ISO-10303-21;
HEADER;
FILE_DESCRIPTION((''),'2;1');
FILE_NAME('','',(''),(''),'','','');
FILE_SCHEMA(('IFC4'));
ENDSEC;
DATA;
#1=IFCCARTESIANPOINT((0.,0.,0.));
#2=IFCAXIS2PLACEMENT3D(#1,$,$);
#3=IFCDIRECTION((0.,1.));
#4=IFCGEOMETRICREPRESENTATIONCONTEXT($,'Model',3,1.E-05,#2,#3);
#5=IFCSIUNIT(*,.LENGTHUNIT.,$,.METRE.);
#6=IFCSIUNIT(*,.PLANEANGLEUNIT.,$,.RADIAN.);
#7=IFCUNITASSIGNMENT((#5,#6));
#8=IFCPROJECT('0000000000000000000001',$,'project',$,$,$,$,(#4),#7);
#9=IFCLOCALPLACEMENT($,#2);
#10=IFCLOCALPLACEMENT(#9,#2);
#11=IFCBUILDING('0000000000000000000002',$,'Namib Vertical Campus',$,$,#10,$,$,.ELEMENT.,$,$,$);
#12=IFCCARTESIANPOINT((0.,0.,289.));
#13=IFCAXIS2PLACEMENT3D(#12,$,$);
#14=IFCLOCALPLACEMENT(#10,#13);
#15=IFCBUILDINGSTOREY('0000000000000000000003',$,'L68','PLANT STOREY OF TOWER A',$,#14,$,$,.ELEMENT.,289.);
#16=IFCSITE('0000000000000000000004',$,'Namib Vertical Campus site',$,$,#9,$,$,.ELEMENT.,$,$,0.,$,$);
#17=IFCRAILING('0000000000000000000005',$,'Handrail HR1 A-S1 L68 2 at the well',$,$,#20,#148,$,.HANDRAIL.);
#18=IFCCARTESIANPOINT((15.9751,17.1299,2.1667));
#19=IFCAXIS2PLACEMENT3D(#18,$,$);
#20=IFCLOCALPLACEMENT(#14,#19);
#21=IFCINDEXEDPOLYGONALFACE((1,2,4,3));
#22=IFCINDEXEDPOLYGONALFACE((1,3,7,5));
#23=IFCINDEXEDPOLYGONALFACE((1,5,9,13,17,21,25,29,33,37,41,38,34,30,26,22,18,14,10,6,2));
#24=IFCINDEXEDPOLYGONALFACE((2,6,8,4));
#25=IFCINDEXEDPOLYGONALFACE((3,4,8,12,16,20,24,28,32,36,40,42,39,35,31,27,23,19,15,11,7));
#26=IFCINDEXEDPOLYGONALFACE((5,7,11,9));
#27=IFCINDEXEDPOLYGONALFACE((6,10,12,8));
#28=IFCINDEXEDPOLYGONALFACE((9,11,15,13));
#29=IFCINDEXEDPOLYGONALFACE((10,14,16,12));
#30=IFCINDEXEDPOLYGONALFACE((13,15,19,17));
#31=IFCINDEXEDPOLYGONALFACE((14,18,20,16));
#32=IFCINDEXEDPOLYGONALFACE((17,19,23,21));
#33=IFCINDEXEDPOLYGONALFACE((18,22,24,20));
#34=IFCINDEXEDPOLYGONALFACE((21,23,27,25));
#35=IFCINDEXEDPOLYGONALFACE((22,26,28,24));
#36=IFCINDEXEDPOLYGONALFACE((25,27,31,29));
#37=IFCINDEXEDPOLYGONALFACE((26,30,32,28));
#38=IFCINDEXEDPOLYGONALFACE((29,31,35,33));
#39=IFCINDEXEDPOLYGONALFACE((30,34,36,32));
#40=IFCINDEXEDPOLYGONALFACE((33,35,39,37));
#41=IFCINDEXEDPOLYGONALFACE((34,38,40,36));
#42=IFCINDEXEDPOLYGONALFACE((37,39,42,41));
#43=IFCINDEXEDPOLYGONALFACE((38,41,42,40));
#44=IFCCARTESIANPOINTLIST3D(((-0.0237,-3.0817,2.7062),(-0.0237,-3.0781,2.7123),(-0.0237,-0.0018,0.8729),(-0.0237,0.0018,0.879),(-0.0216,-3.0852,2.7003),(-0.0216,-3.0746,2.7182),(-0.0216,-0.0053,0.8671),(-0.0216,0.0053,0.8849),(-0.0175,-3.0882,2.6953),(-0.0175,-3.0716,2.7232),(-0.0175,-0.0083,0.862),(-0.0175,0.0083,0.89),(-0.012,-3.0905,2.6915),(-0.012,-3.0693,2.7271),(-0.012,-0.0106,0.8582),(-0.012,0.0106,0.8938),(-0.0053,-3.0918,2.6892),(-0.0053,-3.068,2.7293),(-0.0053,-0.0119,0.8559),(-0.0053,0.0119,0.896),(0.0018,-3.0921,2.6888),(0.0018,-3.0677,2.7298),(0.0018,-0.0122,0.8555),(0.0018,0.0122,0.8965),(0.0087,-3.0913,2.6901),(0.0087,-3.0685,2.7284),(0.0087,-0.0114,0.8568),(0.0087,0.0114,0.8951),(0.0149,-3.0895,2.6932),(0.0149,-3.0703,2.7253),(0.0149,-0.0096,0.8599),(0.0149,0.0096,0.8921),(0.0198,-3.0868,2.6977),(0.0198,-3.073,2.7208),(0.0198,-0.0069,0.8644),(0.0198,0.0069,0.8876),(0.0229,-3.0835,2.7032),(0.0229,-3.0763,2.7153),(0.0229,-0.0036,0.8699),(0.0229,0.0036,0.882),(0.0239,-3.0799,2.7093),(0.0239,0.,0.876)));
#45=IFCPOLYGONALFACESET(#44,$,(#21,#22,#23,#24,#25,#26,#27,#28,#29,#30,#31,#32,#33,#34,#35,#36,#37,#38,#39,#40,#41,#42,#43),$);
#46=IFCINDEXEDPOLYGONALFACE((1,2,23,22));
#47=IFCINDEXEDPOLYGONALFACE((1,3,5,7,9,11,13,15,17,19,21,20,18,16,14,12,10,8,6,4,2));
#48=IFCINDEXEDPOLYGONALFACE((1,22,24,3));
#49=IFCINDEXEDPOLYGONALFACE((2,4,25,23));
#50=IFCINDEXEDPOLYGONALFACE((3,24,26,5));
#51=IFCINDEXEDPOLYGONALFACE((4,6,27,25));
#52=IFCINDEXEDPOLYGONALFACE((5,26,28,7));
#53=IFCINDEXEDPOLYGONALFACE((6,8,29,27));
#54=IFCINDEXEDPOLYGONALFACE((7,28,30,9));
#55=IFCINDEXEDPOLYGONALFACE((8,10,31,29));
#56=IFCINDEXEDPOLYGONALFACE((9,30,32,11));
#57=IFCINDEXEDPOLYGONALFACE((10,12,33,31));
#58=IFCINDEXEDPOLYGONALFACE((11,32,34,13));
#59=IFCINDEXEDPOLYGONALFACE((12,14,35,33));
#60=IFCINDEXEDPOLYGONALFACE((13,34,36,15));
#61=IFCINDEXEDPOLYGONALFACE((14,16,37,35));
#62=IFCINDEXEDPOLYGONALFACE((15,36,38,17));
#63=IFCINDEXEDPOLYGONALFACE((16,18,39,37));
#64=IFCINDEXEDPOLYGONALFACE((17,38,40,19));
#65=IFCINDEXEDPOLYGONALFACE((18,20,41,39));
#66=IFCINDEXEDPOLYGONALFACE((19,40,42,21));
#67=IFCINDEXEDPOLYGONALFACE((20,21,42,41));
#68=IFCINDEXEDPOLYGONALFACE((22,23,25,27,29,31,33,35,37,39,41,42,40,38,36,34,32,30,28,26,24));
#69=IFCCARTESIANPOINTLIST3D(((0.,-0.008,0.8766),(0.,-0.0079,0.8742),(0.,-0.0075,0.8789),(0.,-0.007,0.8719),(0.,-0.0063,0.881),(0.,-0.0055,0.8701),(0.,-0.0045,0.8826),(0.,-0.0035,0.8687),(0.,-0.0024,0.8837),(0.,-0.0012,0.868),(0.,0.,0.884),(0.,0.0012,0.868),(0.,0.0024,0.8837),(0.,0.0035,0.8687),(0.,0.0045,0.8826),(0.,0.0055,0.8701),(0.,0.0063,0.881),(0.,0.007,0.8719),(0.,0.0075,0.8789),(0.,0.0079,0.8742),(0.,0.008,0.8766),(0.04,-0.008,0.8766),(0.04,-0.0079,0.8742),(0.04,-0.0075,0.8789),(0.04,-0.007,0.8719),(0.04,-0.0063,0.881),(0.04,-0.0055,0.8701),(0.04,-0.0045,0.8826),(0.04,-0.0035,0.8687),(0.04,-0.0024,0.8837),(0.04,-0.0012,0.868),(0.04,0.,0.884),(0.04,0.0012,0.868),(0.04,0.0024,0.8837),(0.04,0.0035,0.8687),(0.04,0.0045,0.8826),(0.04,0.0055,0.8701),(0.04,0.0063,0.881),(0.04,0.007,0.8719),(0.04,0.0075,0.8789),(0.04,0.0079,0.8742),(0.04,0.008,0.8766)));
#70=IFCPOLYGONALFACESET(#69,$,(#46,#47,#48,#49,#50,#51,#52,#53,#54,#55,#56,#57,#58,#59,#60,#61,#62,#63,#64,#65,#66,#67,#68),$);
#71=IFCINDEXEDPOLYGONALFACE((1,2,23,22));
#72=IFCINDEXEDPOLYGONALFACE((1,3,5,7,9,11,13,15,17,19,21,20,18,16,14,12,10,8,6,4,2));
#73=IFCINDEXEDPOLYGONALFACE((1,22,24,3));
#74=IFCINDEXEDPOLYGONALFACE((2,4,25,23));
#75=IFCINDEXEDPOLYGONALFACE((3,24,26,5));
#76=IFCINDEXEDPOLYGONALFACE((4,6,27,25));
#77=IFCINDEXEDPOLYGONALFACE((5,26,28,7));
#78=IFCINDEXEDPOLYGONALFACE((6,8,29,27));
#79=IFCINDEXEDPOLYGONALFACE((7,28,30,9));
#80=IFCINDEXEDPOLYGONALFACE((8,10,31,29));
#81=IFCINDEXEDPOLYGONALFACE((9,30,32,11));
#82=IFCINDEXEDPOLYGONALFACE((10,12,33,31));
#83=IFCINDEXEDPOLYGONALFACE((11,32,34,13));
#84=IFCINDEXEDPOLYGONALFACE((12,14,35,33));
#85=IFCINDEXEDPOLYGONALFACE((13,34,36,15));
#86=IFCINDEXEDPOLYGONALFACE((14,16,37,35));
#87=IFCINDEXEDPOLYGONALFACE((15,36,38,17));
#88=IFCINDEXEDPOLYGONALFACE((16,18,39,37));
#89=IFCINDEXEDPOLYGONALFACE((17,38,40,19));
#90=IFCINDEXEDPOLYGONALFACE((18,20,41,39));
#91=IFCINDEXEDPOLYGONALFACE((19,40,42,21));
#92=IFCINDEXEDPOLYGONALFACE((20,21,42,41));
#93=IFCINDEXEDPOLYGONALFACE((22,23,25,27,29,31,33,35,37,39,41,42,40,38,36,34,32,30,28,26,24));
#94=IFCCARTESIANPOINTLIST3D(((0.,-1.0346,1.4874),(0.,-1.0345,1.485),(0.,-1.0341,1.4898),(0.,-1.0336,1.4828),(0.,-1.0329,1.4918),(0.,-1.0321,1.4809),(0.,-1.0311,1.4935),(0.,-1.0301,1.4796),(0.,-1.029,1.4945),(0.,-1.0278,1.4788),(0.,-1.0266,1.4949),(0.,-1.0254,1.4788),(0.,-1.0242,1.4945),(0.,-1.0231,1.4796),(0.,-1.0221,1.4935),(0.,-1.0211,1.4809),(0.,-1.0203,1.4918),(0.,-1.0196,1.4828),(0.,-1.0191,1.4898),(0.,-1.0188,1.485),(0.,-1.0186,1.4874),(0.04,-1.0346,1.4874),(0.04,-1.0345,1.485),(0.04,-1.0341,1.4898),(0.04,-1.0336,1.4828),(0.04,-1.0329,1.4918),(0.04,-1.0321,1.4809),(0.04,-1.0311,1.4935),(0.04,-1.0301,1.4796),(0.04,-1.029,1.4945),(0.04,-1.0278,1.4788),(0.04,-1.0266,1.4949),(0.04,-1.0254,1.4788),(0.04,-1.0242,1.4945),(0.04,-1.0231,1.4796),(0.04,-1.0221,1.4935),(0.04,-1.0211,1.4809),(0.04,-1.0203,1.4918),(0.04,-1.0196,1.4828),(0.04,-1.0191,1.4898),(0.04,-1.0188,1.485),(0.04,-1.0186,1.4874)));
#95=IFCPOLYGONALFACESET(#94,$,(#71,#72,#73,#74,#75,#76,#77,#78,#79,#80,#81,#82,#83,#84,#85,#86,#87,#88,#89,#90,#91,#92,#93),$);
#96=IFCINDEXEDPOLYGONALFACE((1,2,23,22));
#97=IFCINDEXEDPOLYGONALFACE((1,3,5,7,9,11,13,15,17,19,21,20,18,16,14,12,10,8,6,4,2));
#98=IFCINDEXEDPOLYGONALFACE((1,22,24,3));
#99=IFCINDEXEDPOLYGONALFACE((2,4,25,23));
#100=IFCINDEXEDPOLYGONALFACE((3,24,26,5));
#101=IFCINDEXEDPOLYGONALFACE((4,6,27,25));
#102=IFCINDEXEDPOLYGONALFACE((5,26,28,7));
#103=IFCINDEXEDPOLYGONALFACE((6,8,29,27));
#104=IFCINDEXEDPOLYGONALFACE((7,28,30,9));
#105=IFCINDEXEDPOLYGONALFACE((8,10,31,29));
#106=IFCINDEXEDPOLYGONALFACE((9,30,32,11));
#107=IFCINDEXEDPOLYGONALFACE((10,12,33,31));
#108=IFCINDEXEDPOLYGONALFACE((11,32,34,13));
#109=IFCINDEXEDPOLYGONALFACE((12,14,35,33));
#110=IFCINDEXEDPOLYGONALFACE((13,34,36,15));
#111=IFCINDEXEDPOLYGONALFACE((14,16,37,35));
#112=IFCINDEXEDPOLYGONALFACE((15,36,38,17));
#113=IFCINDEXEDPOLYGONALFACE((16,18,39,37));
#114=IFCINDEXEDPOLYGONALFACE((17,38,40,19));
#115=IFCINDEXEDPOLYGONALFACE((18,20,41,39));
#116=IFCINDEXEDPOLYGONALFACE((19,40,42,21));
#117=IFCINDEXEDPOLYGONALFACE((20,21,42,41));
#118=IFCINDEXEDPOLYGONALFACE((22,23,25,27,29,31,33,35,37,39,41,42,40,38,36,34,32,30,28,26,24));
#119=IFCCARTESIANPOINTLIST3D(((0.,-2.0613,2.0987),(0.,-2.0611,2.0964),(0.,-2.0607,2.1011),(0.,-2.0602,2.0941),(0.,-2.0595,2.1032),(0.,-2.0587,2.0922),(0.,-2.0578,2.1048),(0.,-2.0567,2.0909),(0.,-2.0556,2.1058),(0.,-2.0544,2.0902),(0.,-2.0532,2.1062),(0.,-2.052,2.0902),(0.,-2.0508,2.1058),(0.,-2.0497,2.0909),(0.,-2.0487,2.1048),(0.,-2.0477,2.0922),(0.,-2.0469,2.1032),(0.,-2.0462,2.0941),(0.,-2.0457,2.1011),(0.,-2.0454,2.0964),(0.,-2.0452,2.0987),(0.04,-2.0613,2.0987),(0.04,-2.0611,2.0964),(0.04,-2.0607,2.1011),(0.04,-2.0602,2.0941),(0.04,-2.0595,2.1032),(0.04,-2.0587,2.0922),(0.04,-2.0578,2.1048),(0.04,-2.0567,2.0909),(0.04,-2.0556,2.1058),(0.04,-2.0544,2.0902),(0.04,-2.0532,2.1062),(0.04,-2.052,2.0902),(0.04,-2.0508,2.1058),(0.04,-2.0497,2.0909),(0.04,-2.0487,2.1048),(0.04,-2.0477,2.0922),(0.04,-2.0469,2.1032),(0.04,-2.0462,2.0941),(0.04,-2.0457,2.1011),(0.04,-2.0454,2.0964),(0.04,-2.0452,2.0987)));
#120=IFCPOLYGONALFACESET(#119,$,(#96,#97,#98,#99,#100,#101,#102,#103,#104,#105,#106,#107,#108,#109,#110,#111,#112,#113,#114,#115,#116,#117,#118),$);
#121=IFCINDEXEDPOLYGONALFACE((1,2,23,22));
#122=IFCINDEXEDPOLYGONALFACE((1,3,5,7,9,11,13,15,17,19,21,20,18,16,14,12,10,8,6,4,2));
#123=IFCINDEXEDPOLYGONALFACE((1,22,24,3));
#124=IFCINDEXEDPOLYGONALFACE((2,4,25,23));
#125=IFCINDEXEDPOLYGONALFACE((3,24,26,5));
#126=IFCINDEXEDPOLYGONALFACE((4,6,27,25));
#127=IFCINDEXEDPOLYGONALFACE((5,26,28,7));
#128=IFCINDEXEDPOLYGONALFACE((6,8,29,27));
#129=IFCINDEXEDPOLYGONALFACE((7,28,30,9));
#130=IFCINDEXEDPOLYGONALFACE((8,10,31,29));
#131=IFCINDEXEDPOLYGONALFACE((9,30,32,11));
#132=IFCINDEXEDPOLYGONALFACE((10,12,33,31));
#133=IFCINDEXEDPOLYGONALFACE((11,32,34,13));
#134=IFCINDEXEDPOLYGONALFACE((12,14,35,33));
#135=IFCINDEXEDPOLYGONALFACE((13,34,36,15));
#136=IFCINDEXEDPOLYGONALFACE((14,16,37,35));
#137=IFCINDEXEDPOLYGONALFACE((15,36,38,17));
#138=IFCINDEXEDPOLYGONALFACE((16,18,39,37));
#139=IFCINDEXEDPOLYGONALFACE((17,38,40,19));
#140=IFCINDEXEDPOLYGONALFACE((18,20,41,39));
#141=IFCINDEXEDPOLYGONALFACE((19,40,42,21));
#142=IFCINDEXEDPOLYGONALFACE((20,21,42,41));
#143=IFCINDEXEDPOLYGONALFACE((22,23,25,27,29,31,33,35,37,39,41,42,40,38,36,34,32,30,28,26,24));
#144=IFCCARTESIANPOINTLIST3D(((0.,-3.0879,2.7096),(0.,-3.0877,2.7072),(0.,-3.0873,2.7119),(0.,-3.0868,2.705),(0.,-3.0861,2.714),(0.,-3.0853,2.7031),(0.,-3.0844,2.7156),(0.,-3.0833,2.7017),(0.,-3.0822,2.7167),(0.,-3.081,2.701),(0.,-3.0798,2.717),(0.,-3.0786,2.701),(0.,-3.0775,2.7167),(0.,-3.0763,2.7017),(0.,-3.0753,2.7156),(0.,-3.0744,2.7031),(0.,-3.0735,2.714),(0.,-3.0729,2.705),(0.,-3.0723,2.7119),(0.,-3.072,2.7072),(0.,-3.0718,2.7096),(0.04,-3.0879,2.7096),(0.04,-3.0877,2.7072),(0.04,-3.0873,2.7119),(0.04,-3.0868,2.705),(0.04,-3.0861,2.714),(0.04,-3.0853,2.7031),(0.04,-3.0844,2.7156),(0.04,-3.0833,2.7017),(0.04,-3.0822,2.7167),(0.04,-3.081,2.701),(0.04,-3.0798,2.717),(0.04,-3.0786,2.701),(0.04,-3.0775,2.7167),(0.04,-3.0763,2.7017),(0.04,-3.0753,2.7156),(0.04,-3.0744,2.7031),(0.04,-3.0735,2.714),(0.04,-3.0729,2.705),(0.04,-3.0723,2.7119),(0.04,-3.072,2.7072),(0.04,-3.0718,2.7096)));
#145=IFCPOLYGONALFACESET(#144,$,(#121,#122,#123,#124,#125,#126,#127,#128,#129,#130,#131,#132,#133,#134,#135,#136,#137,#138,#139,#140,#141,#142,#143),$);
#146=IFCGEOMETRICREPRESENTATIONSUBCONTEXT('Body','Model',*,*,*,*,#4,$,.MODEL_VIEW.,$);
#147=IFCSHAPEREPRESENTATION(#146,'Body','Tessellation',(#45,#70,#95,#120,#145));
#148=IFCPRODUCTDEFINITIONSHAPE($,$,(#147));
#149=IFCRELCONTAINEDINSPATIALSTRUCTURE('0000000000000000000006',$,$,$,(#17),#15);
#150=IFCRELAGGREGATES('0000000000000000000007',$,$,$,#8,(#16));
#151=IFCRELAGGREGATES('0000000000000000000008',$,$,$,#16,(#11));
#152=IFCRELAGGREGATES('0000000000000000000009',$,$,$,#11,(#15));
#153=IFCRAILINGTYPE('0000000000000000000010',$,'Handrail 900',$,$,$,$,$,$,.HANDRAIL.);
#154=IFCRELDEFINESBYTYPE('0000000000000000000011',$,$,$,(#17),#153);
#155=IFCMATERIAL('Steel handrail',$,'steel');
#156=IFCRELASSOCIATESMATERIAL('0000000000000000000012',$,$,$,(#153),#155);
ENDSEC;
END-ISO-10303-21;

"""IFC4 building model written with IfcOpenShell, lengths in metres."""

from ifc_helpers import new_model, si_unit, direction, frame, origin, origin_2d, place, context, subcontext, project, spatial, circle, extrude, material, type_object, element, save


model = new_model("IFC4")

# Units and contexts
model_context = context("Model", 3, precision=1e-05, world=origin(), true_north=direction((0.0, 1.0)))
body_context = subcontext(model_context, "Body", "Model", "MODEL_VIEW")
ifc_project = project(units=[si_unit("LENGTHUNIT", "METRE"), si_unit("PLANEANGLEUNIT", "RADIAN")], contexts=[model_context])

# Site, building, storey
site_placement = place(None, origin())
site = spatial("IfcSite", under=ifc_project, at=site_placement, Name="Namib Vertical Campus site", CompositionType="ELEMENT", RefElevation=0.0)
building_placement = place(site_placement, origin())
building = spatial("IfcBuilding", under=site, at=building_placement, Name="Namib Vertical Campus", CompositionType="ELEMENT")
storey_placement = place(building_placement, frame((0.0, 0.0, 289.0)))
storey = spatial("IfcBuildingStorey", under=building, at=storey_placement, Name="L68", Description="PLANT STOREY OF TOWER A", CompositionType="ELEMENT", Elevation=289.0)

# Railing
ifc_material_1 = material(Name="Steel handrail", Category="steel")
railing_type_1 = type_object("IfcRailingType", Name="Handrail 900", PredefinedType="HANDRAIL", material=ifc_material_1)
railing_1_placement = place(storey_placement, frame((15.9751, 17.1299, 2.1667)))
element("IfcRailing", 1, at=railing_1_placement, inside=storey, type_object=railing_type_1, Name="Handrail HR1 A-S1 L68 2 at the well", PredefinedType="HANDRAIL", context=body_context, shape_type="SweptSolid", body=[
    extrude(circle(Radius=0.0239, at=origin_2d()), frame((0.0, 0.0, 0.876), z_axis=(0.0, -0.859291, 0.511487), x_axis=(1.0, 0.0, 0.0)), (0.0, 0.0, 1.0), 3.5842),
    extrude(circle(Radius=0.0081, at=origin_2d()), frame((0.0, 0.0, 0.876), z_axis=(1.0, 0.0, 0.0), x_axis=(0.0, 0.0, 1.0)), (0.0, 0.0, 1.0), 0.04),
    extrude(circle(Radius=0.0081, at=origin_2d()), frame((0.0, -1.0266, 1.4868), z_axis=(1.0, 0.0, 0.0), x_axis=(0.0, 0.0, 1.0)), (0.0, 0.0, 1.0), 0.04),
    extrude(circle(Radius=0.0081, at=origin_2d()), frame((0.0, -2.0532, 2.0981), z_axis=(1.0, 0.0, 0.0), x_axis=(0.0, 0.0, 1.0)), (0.0, 0.0, 1.0), 0.04),
    extrude(circle(Radius=0.0081, at=origin_2d()), frame((0.0, -3.0798, 2.709), z_axis=(1.0, 0.0, 0.0), x_axis=(0.0, 0.0, 1.0)), (0.0, 0.0, 1.0), 0.04),
])

save(model, "model.ifc")
